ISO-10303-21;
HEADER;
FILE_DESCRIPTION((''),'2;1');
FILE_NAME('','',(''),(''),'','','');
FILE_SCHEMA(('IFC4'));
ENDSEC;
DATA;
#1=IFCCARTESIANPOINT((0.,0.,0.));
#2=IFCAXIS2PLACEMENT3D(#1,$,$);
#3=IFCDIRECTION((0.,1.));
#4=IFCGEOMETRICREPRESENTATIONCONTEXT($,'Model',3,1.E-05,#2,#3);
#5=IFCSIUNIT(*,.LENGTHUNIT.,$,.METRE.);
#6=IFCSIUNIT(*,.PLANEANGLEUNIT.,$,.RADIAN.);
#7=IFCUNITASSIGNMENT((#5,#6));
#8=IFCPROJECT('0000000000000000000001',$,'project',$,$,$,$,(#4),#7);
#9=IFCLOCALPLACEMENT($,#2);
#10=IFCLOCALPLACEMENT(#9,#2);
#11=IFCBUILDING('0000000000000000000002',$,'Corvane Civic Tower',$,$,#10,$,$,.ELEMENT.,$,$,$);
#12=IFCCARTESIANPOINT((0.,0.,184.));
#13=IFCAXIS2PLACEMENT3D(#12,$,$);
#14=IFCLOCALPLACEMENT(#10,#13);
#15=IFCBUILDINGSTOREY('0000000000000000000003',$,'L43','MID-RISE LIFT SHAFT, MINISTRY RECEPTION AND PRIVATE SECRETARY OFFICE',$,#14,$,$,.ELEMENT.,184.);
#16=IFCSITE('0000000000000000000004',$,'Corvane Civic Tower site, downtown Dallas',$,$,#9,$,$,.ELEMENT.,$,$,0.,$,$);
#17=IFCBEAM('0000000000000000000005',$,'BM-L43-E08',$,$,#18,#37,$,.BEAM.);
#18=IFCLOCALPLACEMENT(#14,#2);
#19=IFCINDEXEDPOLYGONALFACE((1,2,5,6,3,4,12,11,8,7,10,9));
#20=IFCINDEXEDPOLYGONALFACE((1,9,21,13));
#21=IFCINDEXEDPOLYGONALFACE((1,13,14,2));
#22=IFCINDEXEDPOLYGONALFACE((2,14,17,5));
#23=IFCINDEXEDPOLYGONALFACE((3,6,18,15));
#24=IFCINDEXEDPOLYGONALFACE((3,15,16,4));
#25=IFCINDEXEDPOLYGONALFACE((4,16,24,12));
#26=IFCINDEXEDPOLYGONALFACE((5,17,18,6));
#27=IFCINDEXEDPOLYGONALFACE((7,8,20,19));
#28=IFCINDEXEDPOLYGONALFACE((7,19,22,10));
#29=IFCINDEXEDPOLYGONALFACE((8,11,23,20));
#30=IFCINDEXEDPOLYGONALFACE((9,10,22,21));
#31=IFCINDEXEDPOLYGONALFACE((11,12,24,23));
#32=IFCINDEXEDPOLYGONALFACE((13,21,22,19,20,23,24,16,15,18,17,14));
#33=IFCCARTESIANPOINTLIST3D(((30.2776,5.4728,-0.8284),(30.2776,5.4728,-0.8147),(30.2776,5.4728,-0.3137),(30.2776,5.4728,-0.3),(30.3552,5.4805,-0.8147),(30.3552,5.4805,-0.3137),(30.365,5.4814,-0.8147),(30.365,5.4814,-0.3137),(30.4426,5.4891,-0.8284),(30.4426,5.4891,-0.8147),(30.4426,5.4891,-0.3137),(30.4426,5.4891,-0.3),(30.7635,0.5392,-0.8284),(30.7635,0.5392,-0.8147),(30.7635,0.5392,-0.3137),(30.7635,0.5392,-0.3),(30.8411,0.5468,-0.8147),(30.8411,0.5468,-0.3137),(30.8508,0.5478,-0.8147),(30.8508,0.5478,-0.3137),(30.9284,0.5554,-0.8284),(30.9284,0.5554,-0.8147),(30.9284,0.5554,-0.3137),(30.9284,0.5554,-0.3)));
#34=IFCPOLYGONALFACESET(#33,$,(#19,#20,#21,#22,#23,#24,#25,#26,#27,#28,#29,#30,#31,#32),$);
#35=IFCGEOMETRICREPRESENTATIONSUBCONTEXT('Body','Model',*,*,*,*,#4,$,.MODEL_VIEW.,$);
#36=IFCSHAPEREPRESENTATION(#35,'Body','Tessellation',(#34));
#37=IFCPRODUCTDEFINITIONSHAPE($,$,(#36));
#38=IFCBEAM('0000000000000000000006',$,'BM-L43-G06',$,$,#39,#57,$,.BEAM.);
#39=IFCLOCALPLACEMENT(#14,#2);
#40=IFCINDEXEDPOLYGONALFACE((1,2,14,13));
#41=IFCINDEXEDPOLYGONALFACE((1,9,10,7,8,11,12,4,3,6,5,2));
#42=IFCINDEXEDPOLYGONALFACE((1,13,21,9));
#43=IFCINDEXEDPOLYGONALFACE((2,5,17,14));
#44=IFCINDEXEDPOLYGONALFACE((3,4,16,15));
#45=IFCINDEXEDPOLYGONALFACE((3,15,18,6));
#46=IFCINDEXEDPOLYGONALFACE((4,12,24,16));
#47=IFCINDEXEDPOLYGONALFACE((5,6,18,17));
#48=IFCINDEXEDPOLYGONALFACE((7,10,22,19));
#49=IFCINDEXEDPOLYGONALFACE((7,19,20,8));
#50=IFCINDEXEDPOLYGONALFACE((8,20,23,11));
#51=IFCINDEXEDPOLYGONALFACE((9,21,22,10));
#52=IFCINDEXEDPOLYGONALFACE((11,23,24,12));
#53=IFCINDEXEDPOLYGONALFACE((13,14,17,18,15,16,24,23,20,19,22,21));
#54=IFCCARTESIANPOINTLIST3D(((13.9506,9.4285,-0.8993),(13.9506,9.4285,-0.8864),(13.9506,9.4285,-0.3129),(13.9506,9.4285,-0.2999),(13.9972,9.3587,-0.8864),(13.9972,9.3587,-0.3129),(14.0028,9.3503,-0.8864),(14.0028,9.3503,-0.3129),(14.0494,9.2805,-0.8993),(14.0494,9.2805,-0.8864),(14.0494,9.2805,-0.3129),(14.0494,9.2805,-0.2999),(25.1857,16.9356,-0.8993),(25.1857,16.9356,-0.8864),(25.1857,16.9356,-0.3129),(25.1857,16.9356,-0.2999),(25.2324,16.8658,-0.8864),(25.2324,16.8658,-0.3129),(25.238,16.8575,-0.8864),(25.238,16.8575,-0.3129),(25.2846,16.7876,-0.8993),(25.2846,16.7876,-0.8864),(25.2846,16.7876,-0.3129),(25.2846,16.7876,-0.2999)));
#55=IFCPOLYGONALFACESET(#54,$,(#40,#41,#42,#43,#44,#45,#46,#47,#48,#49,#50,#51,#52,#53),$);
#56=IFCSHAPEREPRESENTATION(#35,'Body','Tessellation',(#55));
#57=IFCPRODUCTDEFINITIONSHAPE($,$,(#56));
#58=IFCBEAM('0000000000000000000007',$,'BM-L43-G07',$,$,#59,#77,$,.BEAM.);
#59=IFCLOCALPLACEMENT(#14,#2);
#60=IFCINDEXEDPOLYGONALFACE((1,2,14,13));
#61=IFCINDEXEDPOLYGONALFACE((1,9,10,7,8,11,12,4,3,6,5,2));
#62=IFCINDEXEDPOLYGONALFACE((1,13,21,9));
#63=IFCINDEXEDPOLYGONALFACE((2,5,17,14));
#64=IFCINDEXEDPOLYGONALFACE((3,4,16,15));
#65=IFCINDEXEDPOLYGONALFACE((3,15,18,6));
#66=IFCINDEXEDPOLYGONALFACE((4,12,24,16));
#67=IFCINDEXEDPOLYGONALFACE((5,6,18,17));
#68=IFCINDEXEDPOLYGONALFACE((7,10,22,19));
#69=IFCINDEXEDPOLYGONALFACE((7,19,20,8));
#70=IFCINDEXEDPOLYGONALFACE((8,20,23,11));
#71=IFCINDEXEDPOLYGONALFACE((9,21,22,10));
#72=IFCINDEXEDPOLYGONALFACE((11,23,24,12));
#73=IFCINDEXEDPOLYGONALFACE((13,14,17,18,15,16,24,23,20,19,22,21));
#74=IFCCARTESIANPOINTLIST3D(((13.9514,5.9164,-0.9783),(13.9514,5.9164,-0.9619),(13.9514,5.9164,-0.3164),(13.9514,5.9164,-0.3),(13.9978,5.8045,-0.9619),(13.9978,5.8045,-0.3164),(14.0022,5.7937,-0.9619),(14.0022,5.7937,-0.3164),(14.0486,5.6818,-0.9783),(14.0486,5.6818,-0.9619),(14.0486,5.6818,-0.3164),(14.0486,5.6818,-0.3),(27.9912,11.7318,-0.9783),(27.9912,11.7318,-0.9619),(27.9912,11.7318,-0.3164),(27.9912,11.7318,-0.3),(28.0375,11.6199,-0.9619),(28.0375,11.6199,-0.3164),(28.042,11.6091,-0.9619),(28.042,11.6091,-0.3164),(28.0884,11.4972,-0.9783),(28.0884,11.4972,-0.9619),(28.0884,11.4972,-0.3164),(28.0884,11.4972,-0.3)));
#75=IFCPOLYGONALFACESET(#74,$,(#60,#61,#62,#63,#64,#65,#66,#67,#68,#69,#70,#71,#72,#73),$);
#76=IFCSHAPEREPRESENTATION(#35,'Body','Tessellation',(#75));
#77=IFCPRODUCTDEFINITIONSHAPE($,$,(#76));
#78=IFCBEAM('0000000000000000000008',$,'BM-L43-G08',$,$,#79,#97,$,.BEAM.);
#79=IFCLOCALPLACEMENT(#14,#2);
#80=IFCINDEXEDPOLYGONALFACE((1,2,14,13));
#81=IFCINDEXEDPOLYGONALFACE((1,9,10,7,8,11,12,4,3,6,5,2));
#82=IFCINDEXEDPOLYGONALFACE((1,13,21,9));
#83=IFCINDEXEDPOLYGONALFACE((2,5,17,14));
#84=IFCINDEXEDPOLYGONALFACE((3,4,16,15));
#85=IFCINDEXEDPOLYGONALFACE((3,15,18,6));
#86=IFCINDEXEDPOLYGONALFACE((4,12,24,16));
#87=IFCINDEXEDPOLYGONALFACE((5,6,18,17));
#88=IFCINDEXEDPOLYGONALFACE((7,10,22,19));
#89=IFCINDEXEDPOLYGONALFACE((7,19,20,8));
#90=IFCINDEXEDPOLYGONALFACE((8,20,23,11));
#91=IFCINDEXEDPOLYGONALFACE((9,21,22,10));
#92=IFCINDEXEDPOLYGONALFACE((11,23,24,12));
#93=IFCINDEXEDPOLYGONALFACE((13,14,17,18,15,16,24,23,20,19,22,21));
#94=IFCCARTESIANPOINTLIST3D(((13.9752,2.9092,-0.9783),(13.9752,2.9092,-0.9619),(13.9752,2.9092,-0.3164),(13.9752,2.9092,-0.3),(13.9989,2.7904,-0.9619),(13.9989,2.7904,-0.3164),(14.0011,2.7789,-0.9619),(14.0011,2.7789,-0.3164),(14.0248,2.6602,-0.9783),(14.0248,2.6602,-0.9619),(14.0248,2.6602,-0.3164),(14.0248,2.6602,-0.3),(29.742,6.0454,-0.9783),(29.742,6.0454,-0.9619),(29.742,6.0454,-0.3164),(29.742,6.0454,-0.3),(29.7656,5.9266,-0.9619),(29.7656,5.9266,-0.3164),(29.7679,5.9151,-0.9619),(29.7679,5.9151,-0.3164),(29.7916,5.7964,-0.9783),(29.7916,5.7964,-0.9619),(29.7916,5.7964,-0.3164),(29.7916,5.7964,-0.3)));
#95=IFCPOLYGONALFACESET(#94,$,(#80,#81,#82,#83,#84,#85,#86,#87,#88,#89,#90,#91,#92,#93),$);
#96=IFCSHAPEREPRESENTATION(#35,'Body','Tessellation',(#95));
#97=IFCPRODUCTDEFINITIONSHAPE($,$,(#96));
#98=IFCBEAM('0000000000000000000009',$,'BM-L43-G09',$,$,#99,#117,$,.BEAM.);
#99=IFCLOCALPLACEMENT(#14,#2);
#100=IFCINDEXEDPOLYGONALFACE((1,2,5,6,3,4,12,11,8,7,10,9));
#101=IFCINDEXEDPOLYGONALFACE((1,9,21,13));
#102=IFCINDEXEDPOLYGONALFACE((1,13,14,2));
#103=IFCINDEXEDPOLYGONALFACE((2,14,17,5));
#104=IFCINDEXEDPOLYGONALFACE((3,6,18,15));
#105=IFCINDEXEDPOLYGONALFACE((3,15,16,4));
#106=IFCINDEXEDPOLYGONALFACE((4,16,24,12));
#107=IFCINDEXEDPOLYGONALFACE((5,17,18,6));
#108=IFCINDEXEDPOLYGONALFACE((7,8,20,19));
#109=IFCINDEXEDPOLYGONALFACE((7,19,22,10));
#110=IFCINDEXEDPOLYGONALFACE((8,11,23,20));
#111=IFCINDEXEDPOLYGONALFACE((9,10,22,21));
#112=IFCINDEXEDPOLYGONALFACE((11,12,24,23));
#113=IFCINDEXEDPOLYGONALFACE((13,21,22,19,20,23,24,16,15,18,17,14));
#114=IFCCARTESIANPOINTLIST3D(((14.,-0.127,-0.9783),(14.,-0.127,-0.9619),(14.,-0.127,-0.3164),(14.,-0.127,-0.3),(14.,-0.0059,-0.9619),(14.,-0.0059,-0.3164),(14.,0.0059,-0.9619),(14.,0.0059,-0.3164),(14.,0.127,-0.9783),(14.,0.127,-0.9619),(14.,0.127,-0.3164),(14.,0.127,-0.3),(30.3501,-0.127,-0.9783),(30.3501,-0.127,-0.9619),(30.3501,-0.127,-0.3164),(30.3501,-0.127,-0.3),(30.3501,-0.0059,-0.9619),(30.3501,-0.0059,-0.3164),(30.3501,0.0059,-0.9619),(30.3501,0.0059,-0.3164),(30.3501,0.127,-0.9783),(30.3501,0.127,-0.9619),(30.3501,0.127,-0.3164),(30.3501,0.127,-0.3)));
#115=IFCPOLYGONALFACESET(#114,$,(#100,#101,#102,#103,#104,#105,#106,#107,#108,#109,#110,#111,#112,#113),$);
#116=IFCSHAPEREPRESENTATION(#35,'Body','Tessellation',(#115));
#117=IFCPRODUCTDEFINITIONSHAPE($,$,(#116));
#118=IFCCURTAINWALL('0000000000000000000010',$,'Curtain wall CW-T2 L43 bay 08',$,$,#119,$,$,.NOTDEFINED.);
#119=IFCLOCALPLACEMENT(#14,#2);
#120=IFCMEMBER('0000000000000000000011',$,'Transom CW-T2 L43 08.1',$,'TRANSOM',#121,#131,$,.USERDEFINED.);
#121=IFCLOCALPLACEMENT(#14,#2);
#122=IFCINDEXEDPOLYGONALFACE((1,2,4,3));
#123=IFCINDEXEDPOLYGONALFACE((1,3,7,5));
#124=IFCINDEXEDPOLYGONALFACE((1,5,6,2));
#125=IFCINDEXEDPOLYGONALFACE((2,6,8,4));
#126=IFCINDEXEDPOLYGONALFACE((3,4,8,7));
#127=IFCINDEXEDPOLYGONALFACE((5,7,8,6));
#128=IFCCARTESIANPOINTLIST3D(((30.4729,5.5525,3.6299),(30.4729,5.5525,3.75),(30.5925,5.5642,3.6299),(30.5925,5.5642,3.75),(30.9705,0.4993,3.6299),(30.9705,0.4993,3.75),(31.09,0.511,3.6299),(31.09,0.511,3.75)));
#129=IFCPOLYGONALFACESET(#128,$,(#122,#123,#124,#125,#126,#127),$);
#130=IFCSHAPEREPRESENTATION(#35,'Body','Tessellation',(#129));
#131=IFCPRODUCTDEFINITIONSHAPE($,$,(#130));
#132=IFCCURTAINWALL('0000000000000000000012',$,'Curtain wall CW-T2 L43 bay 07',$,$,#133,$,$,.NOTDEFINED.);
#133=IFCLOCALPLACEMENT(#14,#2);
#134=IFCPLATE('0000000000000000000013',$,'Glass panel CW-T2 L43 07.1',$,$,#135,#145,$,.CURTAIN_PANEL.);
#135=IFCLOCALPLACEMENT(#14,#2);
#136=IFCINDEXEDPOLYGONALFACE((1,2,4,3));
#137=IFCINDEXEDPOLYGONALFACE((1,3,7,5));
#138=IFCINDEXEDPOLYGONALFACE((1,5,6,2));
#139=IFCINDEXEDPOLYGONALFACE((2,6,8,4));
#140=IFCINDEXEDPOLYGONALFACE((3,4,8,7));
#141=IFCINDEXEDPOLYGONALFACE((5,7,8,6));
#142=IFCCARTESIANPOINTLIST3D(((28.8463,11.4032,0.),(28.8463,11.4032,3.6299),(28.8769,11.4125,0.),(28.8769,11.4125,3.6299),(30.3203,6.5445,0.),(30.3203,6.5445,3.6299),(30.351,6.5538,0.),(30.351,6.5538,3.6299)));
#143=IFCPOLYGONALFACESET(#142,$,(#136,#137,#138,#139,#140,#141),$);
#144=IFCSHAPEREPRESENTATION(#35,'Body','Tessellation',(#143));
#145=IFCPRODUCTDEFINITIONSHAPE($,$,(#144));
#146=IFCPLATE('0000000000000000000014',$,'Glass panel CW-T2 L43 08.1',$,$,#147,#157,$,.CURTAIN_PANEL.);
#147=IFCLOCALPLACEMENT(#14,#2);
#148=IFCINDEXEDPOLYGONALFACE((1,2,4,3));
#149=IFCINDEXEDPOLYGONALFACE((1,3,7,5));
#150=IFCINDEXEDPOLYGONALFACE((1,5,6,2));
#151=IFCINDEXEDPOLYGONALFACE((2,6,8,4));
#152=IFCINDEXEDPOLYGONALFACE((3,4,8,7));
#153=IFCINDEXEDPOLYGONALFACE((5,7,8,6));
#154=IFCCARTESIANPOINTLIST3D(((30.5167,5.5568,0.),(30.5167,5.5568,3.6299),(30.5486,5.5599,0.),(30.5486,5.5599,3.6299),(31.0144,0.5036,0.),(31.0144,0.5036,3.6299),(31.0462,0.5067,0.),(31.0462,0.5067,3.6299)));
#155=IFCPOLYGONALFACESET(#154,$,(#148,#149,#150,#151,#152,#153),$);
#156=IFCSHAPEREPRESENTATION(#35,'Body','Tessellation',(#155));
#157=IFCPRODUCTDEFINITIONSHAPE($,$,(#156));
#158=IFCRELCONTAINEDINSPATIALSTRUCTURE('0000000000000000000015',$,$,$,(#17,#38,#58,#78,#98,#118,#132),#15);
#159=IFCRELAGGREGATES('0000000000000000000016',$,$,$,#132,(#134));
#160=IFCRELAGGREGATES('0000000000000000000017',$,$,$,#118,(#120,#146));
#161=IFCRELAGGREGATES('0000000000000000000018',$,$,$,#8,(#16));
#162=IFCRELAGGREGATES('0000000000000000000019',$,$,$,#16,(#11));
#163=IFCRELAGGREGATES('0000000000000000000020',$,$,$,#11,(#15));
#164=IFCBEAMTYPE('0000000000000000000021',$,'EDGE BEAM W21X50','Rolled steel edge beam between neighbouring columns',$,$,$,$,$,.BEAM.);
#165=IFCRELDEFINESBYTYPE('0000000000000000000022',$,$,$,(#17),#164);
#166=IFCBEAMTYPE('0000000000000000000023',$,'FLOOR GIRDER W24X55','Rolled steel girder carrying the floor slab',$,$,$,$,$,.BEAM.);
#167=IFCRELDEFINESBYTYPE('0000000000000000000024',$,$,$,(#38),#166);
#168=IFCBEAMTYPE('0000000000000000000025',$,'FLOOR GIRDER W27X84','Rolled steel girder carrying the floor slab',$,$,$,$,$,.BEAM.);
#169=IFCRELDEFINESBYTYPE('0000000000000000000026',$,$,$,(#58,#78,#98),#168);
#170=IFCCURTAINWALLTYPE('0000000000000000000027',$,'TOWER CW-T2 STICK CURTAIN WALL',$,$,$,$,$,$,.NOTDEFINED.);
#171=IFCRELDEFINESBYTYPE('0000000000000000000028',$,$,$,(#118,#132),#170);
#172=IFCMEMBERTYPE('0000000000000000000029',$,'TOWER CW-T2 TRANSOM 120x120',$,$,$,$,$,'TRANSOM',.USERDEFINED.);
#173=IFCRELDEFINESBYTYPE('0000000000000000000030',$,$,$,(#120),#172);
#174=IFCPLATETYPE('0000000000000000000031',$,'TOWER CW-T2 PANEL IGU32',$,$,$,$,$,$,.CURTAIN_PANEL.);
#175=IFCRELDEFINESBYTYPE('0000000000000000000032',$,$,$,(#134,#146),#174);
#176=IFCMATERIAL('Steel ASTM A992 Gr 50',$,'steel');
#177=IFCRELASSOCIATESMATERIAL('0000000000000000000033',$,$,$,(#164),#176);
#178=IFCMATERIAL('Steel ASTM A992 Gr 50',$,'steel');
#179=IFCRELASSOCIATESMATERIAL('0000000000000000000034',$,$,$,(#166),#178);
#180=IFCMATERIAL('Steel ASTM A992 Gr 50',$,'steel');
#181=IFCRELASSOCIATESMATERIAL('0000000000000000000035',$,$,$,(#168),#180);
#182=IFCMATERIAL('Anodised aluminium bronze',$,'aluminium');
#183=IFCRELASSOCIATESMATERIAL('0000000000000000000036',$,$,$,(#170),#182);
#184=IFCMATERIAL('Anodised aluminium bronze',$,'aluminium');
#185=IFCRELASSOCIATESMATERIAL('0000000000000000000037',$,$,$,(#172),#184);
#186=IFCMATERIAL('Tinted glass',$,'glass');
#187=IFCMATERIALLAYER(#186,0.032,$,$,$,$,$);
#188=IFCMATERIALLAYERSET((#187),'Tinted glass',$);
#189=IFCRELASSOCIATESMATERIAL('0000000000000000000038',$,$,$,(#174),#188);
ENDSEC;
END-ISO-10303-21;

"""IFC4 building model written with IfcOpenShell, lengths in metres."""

from ifc_helpers import new_model, si_unit, direction, frame, origin, origin_2d, place, context, subcontext, project, spatial, rectangle, i_section, extrude, material, layer, layer_set, material_profile, profile_set, type_object, element, aggregate, save


model = new_model("IFC4")

# Units and contexts
model_context = context("Model", 3, precision=1e-05, world=origin(), true_north=direction((0.0, 1.0)))
body_context = subcontext(model_context, "Body", "Model", "MODEL_VIEW")
ifc_project = project(units=[si_unit("LENGTHUNIT", "METRE"), si_unit("PLANEANGLEUNIT", "RADIAN")], contexts=[model_context])

# Site, building, storey
site_placement = place(None, origin())
site = spatial("IfcSite", under=ifc_project, at=site_placement, Name="Corvane Civic Tower site, downtown Dallas", CompositionType="ELEMENT", RefElevation=0.0)
building_placement = place(site_placement, origin())
building = spatial("IfcBuilding", under=site, at=building_placement, Name="Corvane Civic Tower", CompositionType="ELEMENT")
storey_placement = place(building_placement, frame((0.0, 0.0, 184.0)))
storey = spatial("IfcBuildingStorey", under=building, at=storey_placement, Name="L43", Description="MID-RISE LIFT SHAFT, MINISTRY RECEPTION AND PRIVATE SECRETARY OFFICE", CompositionType="ELEMENT", Elevation=184.0)

# Beams
ifc_material_1 = material(Name="Steel ASTM A992 Gr 50", Category="steel")
ifc_material_profile_1 = material_profile(ifc_material_1, i_section(OverallWidth=0.1658, OverallDepth=0.5283, WebThickness=0.0098, FlangeThickness=0.0137, at=origin_2d()), Name="W21X50")
ifc_profile_set_1 = profile_set([ifc_material_profile_1], Name="Steel ASTM A992 Gr 50")
beam_type_1 = type_object("IfcBeamType", Name="EDGE BEAM W21X50", Description="Rolled steel edge beam between neighbouring columns", PredefinedType="BEAM", material=ifc_profile_set_1)
beam_1_placement = place(storey_placement, frame((30.3601, 5.481, -0.5642), z_axis=(0.098002, -0.995186, 0.0), x_axis=(0.995186, 0.098002, 0.0)))
element("IfcBeam", 1, at=beam_1_placement, inside=storey, type_object=beam_type_1, Name="BM-L43-E08", PredefinedType="BEAM", context=body_context, shape_type="SweptSolid", body=[
    extrude(i_section(OverallWidth=0.1658, OverallDepth=0.5283, WebThickness=0.0098, FlangeThickness=0.0137, at=origin_2d()), origin(), (0.0, 0.0, 1.0), 4.9575),
])
ifc_material_2 = material(Name="Steel ASTM A992 Gr 50", Category="steel")
ifc_material_profile_2 = material_profile(ifc_material_2, i_section(OverallWidth=0.178, OverallDepth=0.5994, WebThickness=0.01, FlangeThickness=0.0129, at=origin_2d()), Name="W24X55")
ifc_profile_set_2 = profile_set([ifc_material_profile_2], Name="Steel ASTM A992 Gr 50")
beam_type_2 = type_object("IfcBeamType", Name="FLOOR GIRDER W24X55", Description="Rolled steel girder carrying the floor slab", PredefinedType="BEAM", material=ifc_profile_set_2)
beam_2_placement = place(storey_placement, frame((14.0, 9.3545, -0.5996), z_axis=(0.831469, 0.555571, 0.0), x_axis=(-0.555571, 0.831469, 0.0)))
element("IfcBeam", 2, at=beam_2_placement, inside=storey, type_object=beam_type_2, Name="BM-L43-G06", PredefinedType="BEAM", context=body_context, shape_type="SweptSolid", body=[
    extrude(i_section(OverallWidth=0.178, OverallDepth=0.5994, WebThickness=0.01, FlangeThickness=0.0129, at=origin_2d()), origin(), (0.0, 0.0, 1.0), 13.5125),
])
ifc_material_3 = material(Name="Steel ASTM A992 Gr 50", Category="steel")
ifc_material_profile_3 = material_profile(ifc_material_3, i_section(OverallWidth=0.2539, OverallDepth=0.6782, WebThickness=0.0117, FlangeThickness=0.0164, at=origin_2d()), Name="W27X84")
ifc_profile_set_3 = profile_set([ifc_material_profile_3], Name="Steel ASTM A992 Gr 50")
beam_type_3 = type_object("IfcBeamType", Name="FLOOR GIRDER W27X84", Description="Rolled steel girder carrying the floor slab", PredefinedType="BEAM", material=ifc_profile_set_3)
beam_3_placement = place(storey_placement, frame((14.0, 5.7991, -0.6392), z_axis=(0.923881, 0.382681, 0.0), x_axis=(-0.382681, 0.923881, 0.0)))
element("IfcBeam", 3, at=beam_3_placement, inside=storey, type_object=beam_type_3, Name="BM-L43-G07", PredefinedType="BEAM", context=body_context, shape_type="SweptSolid", body=[
    extrude(i_section(OverallWidth=0.2539, OverallDepth=0.6782, WebThickness=0.0117, FlangeThickness=0.0164, at=origin_2d()), origin(), (0.0, 0.0, 1.0), 15.1965),
])
beam_4_placement = place(storey_placement, frame((14.0, 2.7847, -0.6392), z_axis=(0.980785, 0.195091, 0.0), x_axis=(-0.195091, 0.980785, 0.0)))
element("IfcBeam", 4, at=beam_4_placement, inside=storey, type_object=beam_type_3, Name="BM-L43-G08", PredefinedType="BEAM", context=body_context, shape_type="SweptSolid", body=[
    extrude(i_section(OverallWidth=0.2539, OverallDepth=0.6782, WebThickness=0.0117, FlangeThickness=0.0164, at=origin_2d()), origin(), (0.0, 0.0, 1.0), 16.0757),
])
beam_5_placement = place(storey_placement, frame((14.0, 0.0, -0.6392), z_axis=(1.0, 0.0, 0.0), x_axis=(0.0, 1.0, 0.0)))
element("IfcBeam", 5, at=beam_5_placement, inside=storey, type_object=beam_type_3, Name="BM-L43-G09", PredefinedType="BEAM", context=body_context, shape_type="SweptSolid", body=[
    extrude(i_section(OverallWidth=0.2539, OverallDepth=0.6782, WebThickness=0.0117, FlangeThickness=0.0164, at=origin_2d()), origin(), (0.0, 0.0, 1.0), 16.3501),
])

# Curtain wall, member
ifc_material_4 = material(Name="Anodised aluminium bronze", Category="aluminium")
curtain_wall_type = type_object("IfcCurtainWallType", Name="TOWER CW-T2 STICK CURTAIN WALL", PredefinedType="NOTDEFINED", material=ifc_material_4)
curtain_wall_1_placement = place(storey_placement, origin())
curtain_wall_1 = element("IfcCurtainWall", 6, at=curtain_wall_1_placement, inside=storey, type_object=curtain_wall_type, Name="Curtain wall CW-T2 L43 bay 08", PredefinedType="NOTDEFINED")
ifc_material_5 = material(Name="Anodised aluminium bronze", Category="aluminium")
ifc_material_profile_4 = material_profile(ifc_material_5, rectangle(XDim=0.1201, YDim=0.1201, at=origin_2d()), Name="TOWER CW-T2 TRANSOM 120x120")
ifc_profile_set_4 = profile_set([ifc_material_profile_4], Name="Anodised aluminium bronze")
member_type = type_object("IfcMemberType", Name="TOWER CW-T2 TRANSOM 120x120", ElementType="TRANSOM", PredefinedType="USERDEFINED", material=ifc_profile_set_4)
member_placement = place(storey_placement, frame((30.5327, 5.5583, 3.6899), z_axis=(0.09799, -0.995187, 0.0), x_axis=(0.995187, 0.09799, 0.0)))
member = element("IfcMember", 7, at=member_placement, type_object=member_type, Name="Transom CW-T2 L43 08.1", ObjectType="TRANSOM", PredefinedType="USERDEFINED", context=body_context, shape_type="SweptSolid", body=[
    extrude(rectangle(XDim=0.1201, YDim=0.1201, at=origin_2d()), origin(), (0.0, 0.0, 1.0), 5.0776),
])

# Curtain wall, plate
curtain_wall_2_placement = place(storey_placement, origin())
curtain_wall_2 = element("IfcCurtainWall", 8, at=curtain_wall_2_placement, inside=storey, type_object=curtain_wall_type, Name="Curtain wall CW-T2 L43 bay 07", PredefinedType="NOTDEFINED")
ifc_material_6 = material(Name="Tinted glass", Category="glass")
ifc_layer_1 = layer(ifc_material_6, 0.032)
ifc_layer_set_1 = layer_set([ifc_layer_1], Name="Tinted glass")
plate_type = type_object("IfcPlateType", Name="TOWER CW-T2 PANEL IGU32", PredefinedType="CURTAIN_PANEL", material=ifc_layer_set_1)
plate_1_placement = place(storey_placement, frame((29.5986, 8.9785, 0.0), z_axis=(0.0, 0.0, 1.0), x_axis=(0.290313, -0.956932, 0.0)))
plate_1 = element("IfcPlate", 9, at=plate_1_placement, type_object=plate_type, Name="Glass panel CW-T2 L43 07.1", PredefinedType="CURTAIN_PANEL", context=body_context, shape_type="SweptSolid", body=[
    extrude(rectangle(XDim=5.0774, YDim=0.032, at=origin_2d()), origin(), (0.0, 0.0, 1.0), 3.6299),
])
aggregate(curtain_wall_2, [plate_1])

# Plate
plate_2_placement = place(storey_placement, frame((30.7815, 3.0317, 0.0), z_axis=(0.0, 0.0, 1.0), x_axis=(0.098012, -0.995185, 0.0)))
plate_2 = element("IfcPlate", 10, at=plate_2_placement, type_object=plate_type, Name="Glass panel CW-T2 L43 08.1", PredefinedType="CURTAIN_PANEL", context=body_context, shape_type="SweptSolid", body=[
    extrude(rectangle(XDim=5.0776, YDim=0.032, at=origin_2d()), origin(), (0.0, 0.0, 1.0), 3.6299),
])
aggregate(curtain_wall_1, [member, plate_2])

save(model, "model.ifc")
